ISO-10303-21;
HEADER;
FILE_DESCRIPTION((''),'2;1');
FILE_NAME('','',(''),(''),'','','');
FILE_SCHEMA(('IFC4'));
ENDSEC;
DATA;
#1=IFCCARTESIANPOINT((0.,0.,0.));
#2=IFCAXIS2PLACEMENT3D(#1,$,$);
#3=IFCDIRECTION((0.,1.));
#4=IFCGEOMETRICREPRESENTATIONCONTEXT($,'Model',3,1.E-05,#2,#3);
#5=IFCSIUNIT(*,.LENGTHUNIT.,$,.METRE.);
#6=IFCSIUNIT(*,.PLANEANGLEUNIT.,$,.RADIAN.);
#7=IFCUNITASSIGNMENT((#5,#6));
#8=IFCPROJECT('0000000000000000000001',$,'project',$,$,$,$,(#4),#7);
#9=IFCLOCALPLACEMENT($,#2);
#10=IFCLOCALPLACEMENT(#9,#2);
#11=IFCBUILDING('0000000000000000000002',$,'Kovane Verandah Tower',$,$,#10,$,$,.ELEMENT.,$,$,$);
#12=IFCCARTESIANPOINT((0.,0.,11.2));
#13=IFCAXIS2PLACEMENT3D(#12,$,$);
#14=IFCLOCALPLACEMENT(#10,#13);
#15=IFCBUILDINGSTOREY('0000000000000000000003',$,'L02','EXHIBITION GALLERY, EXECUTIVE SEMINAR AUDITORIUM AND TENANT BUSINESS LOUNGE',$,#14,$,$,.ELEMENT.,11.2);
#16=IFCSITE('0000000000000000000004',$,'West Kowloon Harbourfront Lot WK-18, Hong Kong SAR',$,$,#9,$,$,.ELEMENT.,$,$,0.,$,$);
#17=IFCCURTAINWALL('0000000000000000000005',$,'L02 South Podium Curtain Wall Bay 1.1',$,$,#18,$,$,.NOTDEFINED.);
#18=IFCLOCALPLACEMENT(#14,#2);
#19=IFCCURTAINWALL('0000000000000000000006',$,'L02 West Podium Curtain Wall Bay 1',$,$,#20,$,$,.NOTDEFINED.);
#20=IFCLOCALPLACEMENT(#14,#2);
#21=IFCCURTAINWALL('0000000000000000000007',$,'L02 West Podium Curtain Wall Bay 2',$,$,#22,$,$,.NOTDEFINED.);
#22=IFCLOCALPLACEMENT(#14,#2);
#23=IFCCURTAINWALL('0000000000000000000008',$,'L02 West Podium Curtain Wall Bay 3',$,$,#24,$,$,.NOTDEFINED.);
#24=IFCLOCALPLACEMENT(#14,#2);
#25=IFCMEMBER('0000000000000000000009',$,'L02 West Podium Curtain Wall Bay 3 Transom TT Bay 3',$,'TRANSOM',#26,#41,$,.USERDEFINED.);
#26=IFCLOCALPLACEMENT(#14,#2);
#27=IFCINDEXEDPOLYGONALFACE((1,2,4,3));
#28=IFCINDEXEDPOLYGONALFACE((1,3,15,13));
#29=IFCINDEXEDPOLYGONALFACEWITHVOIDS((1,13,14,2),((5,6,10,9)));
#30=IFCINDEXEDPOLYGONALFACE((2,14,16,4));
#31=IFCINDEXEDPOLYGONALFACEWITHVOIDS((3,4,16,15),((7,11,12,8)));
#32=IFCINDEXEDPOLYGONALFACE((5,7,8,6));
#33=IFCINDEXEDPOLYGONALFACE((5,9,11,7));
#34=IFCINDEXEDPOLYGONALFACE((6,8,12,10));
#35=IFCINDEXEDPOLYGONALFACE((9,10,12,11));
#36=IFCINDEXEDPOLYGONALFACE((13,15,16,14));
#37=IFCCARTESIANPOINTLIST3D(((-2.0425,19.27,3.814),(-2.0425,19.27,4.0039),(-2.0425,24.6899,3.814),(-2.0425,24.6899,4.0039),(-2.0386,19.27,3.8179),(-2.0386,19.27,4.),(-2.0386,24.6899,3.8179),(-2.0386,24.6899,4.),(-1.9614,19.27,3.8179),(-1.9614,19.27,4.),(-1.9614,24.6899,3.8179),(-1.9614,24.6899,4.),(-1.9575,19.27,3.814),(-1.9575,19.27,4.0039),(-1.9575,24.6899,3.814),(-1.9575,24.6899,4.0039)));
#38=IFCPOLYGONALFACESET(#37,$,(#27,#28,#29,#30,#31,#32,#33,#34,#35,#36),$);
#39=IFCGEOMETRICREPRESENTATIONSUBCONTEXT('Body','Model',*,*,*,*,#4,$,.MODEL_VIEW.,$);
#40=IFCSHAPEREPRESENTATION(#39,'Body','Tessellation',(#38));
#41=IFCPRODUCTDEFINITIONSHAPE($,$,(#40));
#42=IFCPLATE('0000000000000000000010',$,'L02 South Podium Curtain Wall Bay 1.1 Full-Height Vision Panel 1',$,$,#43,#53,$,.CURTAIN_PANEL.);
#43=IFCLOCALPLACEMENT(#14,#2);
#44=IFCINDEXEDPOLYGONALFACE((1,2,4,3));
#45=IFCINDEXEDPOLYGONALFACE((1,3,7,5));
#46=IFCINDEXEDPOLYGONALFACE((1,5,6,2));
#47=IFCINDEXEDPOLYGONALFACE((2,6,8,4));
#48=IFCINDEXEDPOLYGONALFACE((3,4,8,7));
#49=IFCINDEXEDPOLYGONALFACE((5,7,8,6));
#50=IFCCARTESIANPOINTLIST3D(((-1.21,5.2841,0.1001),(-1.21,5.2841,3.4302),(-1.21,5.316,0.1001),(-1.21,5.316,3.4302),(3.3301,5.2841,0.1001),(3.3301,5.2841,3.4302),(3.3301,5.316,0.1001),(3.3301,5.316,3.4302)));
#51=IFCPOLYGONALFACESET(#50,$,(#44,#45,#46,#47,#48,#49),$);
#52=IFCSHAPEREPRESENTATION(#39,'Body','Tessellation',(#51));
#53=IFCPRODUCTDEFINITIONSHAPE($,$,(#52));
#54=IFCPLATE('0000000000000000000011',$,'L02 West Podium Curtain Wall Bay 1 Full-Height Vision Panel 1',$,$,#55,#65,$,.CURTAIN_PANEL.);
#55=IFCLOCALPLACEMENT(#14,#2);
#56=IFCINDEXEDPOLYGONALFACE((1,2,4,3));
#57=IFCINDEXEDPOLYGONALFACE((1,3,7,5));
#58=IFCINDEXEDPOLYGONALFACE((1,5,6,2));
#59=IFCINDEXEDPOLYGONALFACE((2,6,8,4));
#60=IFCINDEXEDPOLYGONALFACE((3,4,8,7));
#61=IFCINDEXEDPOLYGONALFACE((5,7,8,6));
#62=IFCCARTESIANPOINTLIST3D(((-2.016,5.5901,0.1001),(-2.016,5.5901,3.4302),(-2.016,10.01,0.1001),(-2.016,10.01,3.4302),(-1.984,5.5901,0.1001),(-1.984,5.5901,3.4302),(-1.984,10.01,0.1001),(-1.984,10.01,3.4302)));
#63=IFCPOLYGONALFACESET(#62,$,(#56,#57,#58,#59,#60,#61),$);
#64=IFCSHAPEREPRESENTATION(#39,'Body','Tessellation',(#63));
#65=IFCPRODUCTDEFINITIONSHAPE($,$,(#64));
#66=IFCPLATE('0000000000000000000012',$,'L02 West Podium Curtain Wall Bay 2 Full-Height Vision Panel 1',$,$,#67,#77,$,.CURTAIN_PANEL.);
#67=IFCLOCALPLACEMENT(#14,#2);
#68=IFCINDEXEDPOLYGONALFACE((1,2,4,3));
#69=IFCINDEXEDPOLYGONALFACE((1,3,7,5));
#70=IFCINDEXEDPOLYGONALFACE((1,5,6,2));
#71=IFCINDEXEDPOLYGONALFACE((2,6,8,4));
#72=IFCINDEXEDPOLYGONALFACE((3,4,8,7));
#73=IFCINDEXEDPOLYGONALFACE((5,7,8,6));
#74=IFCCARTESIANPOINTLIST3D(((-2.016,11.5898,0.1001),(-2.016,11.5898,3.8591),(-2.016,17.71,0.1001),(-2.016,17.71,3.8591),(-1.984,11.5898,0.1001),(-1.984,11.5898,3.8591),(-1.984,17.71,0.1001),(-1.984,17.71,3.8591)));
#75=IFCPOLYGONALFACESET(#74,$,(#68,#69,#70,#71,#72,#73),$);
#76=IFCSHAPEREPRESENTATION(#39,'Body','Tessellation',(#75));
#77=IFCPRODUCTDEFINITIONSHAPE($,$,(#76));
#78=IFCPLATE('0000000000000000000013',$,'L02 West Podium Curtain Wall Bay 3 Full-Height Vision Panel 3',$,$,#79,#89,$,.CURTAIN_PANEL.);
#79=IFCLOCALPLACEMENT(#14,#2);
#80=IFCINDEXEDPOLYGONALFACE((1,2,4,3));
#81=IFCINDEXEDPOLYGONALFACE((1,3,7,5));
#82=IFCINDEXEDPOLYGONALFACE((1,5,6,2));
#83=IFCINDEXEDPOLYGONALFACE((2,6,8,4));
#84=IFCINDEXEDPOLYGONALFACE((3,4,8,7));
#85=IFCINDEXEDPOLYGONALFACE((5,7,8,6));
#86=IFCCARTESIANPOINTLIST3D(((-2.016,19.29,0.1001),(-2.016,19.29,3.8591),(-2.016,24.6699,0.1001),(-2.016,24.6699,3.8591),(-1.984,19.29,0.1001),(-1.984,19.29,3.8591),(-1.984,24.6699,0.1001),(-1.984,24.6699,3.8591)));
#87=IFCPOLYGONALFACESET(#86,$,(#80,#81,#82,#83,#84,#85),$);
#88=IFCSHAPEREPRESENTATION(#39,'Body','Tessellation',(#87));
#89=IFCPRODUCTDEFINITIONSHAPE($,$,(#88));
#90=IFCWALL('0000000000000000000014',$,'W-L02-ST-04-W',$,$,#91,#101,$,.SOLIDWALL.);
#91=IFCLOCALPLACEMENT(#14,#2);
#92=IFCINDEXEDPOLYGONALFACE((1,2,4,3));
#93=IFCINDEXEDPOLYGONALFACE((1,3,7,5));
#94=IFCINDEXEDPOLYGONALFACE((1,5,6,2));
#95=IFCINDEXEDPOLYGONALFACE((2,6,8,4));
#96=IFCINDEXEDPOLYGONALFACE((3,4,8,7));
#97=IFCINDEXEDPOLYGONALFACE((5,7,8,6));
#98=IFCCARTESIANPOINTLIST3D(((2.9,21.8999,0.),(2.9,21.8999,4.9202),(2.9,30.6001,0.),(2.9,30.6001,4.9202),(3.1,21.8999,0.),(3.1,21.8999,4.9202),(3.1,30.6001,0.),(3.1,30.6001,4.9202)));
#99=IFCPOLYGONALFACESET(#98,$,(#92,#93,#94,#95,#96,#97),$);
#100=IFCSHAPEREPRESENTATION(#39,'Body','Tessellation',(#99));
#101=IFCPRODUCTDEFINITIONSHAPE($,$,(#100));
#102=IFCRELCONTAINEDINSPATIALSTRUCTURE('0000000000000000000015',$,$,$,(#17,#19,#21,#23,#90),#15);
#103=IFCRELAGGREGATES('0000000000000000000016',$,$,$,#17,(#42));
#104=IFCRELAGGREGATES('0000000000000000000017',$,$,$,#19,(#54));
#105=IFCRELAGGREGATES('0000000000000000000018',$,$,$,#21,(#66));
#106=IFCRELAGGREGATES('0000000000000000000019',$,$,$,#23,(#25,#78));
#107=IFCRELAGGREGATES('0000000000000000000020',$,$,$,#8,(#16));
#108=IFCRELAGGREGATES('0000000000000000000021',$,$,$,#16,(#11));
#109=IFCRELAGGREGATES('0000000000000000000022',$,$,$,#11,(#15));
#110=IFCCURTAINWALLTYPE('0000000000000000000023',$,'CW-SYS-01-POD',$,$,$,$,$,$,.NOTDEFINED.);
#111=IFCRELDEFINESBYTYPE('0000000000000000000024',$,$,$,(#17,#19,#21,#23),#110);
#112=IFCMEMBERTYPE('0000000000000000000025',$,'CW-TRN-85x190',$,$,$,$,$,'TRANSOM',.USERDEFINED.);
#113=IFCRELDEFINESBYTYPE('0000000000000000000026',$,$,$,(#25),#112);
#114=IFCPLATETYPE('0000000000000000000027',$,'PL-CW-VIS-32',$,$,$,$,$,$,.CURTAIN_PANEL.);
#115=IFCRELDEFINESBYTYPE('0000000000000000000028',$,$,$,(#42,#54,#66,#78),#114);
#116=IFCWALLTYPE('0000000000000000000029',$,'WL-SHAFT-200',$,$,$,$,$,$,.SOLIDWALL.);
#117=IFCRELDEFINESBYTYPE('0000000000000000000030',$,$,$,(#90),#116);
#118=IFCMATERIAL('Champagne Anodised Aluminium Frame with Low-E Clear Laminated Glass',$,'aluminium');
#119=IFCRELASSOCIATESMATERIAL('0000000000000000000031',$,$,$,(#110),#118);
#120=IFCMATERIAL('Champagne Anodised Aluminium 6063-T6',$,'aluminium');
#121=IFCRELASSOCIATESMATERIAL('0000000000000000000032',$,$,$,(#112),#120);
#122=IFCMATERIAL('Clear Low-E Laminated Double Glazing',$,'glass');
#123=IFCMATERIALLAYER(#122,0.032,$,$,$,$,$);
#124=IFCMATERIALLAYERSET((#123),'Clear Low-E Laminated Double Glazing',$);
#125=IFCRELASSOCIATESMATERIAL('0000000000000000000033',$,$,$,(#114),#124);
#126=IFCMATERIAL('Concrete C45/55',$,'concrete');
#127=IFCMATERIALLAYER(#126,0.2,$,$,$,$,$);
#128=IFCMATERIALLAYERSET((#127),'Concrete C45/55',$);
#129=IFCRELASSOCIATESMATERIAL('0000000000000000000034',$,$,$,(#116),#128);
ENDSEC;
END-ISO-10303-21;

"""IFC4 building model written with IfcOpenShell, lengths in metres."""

from ifc_helpers import new_model, si_unit, direction, frame, frame_2d, origin, origin_2d, place, context, subcontext, project, spatial, rectangle, hollow_rectangle, extrude, material, layer, layer_set, material_profile, profile_set, type_object, element, aggregate, save


model = new_model("IFC4")

# Units and contexts
model_context = context("Model", 3, precision=1e-05, world=origin(), true_north=direction((0.0, 1.0)))
body_context = subcontext(model_context, "Body", "Model", "MODEL_VIEW")
ifc_project = project(units=[si_unit("LENGTHUNIT", "METRE"), si_unit("PLANEANGLEUNIT", "RADIAN")], contexts=[model_context])

# Site, building, storey
site_placement = place(None, origin())
site = spatial("IfcSite", under=ifc_project, at=site_placement, Name="West Kowloon Harbourfront Lot WK-18, Hong Kong SAR", CompositionType="ELEMENT", RefElevation=0.0)
building_placement = place(site_placement, origin())
building = spatial("IfcBuilding", under=site, at=building_placement, Name="Kovane Verandah Tower", CompositionType="ELEMENT")
storey_placement = place(building_placement, frame((0.0, 0.0, 11.2)))
storey = spatial("IfcBuildingStorey", under=building, at=storey_placement, Name="L02", Description="EXHIBITION GALLERY, EXECUTIVE SEMINAR AUDITORIUM AND TENANT BUSINESS LOUNGE", CompositionType="ELEMENT", Elevation=11.2)

# Curtain wall
ifc_material_1 = material(Name="Champagne Anodised Aluminium Frame with Low-E Clear Laminated Glass", Category="aluminium")
curtain_wall_type = type_object("IfcCurtainWallType", Name="CW-SYS-01-POD", PredefinedType="NOTDEFINED", material=ifc_material_1)
curtain_wall_1_placement = place(storey_placement, origin())
curtain_wall_1 = element("IfcCurtainWall", 1, at=curtain_wall_1_placement, inside=storey, type_object=curtain_wall_type, Name="L02 South Podium Curtain Wall Bay 1.1", PredefinedType="NOTDEFINED")
ifc_material_2 = material(Name="Champagne Anodised Aluminium 6063-T6", Category="aluminium")

# Curtain walls
curtain_wall_2_placement = place(storey_placement, origin())
curtain_wall_2 = element("IfcCurtainWall", 2, at=curtain_wall_2_placement, inside=storey, type_object=curtain_wall_type, Name="L02 West Podium Curtain Wall Bay 1", PredefinedType="NOTDEFINED")
curtain_wall_3_placement = place(storey_placement, origin())
curtain_wall_3 = element("IfcCurtainWall", 3, at=curtain_wall_3_placement, inside=storey, type_object=curtain_wall_type, Name="L02 West Podium Curtain Wall Bay 2", PredefinedType="NOTDEFINED")
curtain_wall_4_placement = place(storey_placement, origin())
curtain_wall_4 = element("IfcCurtainWall", 4, at=curtain_wall_4_placement, inside=storey, type_object=curtain_wall_type, Name="L02 West Podium Curtain Wall Bay 3", PredefinedType="NOTDEFINED")

# Member
ifc_material_profile_1 = material_profile(ifc_material_2, hollow_rectangle(XDim=0.085, YDim=0.1899, WallThickness=0.0039, at=origin_2d()), Name="AL85x190x4")
ifc_profile_set_1 = profile_set([ifc_material_profile_1], Name="Champagne Anodised Aluminium 6063-T6")
member_type_1 = type_object("IfcMemberType", Name="CW-TRN-85x190", ElementType="TRANSOM", PredefinedType="USERDEFINED", material=ifc_profile_set_1)
member_1_placement = place(storey_placement, frame((-2.0, 24.6899, 3.9089), z_axis=(0.0, -1.0, 0.0), x_axis=(1.0, 0.0, 0.0)))
member_1 = element("IfcMember", 5, at=member_1_placement, type_object=member_type_1, Name="L02 West Podium Curtain Wall Bay 3 Transom TT Bay 3", ObjectType="TRANSOM", PredefinedType="USERDEFINED", context=body_context, shape_type="SweptSolid", body=[
    extrude(hollow_rectangle(XDim=0.085, YDim=0.1899, WallThickness=0.0039, at=origin_2d()), origin(), (0.0, 0.0, 1.0), 5.4199),
])

# Plates
ifc_material_3 = material(Name="Clear Low-E Laminated Double Glazing", Category="glass")
ifc_layer_1 = layer(ifc_material_3, 0.032)
ifc_layer_set_1 = layer_set([ifc_layer_1], Name="Clear Low-E Laminated Double Glazing")
plate_type = type_object("IfcPlateType", Name="PL-CW-VIS-32", PredefinedType="CURTAIN_PANEL", material=ifc_layer_set_1)
plate_1_placement = place(storey_placement, frame((1.0601, 5.3, 0.1001), z_axis=(0.0, 0.0, 1.0), x_axis=(1.0, 0.0, 0.0)))
plate_1 = element("IfcPlate", 6, at=plate_1_placement, type_object=plate_type, Name="L02 South Podium Curtain Wall Bay 1.1 Full-Height Vision Panel 1", PredefinedType="CURTAIN_PANEL", context=body_context, shape_type="SweptSolid", body=[
    extrude(rectangle(XDim=4.54, YDim=0.032, at=origin_2d()), origin(), (0.0, 0.0, 1.0), 3.3301),
])
aggregate(curtain_wall_1, [plate_1])
plate_2_placement = place(storey_placement, frame((-2.0, 7.8, 0.1001), z_axis=(0.0, 0.0, 1.0), x_axis=(0.0, -1.0, 0.0)))
plate_2 = element("IfcPlate", 7, at=plate_2_placement, type_object=plate_type, Name="L02 West Podium Curtain Wall Bay 1 Full-Height Vision Panel 1", PredefinedType="CURTAIN_PANEL", context=body_context, shape_type="SweptSolid", body=[
    extrude(rectangle(XDim=4.4199, YDim=0.032, at=origin_2d()), origin(), (0.0, 0.0, 1.0), 3.3301),
])
aggregate(curtain_wall_2, [plate_2])
plate_3_placement = place(storey_placement, frame((-2.0, 14.6499, 0.1001), z_axis=(0.0, 0.0, 1.0), x_axis=(0.0, -1.0, 0.0)))
plate_3 = element("IfcPlate", 8, at=plate_3_placement, type_object=plate_type, Name="L02 West Podium Curtain Wall Bay 2 Full-Height Vision Panel 1", PredefinedType="CURTAIN_PANEL", context=body_context, shape_type="SweptSolid", body=[
    extrude(rectangle(XDim=6.1201, YDim=0.032, at=origin_2d()), origin(), (0.0, 0.0, 1.0), 3.759),
])
aggregate(curtain_wall_3, [plate_3])
plate_4_placement = place(storey_placement, frame((-2.0, 21.98, 0.1001), z_axis=(0.0, 0.0, 1.0), x_axis=(0.0, -1.0, 0.0)))
plate_4 = element("IfcPlate", 9, at=plate_4_placement, type_object=plate_type, Name="L02 West Podium Curtain Wall Bay 3 Full-Height Vision Panel 3", PredefinedType="CURTAIN_PANEL", context=body_context, shape_type="SweptSolid", body=[
    extrude(rectangle(XDim=5.3799, YDim=0.032, at=origin_2d()), origin(), (0.0, 0.0, 1.0), 3.759),
])
aggregate(curtain_wall_4, [member_1, plate_4])

# Wall
ifc_material_4 = material(Name="Concrete C45/55", Category="concrete")
ifc_layer_2 = layer(ifc_material_4, 0.2)
ifc_layer_set_2 = layer_set([ifc_layer_2], Name="Concrete C45/55")
wall_type = type_object("IfcWallType", Name="WL-SHAFT-200", PredefinedType="SOLIDWALL", material=ifc_layer_set_2)
wall_1_placement = place(storey_placement, frame((3.0, 21.8999, 0.0), z_axis=(0.0, 0.0, 1.0), x_axis=(0.0, 1.0, 0.0)))
element("IfcWall", 10, at=wall_1_placement, inside=storey, type_object=wall_type, Name="W-L02-ST-04-W", PredefinedType="SOLIDWALL", context=body_context, shape_type="SweptSolid", body=[
    extrude(rectangle(XDim=8.7002, YDim=0.2, at=frame_2d((4.3501, 0.0))), origin(), (0.0, 0.0, 1.0), 4.9202),
])

save(model, "model.ifc")
